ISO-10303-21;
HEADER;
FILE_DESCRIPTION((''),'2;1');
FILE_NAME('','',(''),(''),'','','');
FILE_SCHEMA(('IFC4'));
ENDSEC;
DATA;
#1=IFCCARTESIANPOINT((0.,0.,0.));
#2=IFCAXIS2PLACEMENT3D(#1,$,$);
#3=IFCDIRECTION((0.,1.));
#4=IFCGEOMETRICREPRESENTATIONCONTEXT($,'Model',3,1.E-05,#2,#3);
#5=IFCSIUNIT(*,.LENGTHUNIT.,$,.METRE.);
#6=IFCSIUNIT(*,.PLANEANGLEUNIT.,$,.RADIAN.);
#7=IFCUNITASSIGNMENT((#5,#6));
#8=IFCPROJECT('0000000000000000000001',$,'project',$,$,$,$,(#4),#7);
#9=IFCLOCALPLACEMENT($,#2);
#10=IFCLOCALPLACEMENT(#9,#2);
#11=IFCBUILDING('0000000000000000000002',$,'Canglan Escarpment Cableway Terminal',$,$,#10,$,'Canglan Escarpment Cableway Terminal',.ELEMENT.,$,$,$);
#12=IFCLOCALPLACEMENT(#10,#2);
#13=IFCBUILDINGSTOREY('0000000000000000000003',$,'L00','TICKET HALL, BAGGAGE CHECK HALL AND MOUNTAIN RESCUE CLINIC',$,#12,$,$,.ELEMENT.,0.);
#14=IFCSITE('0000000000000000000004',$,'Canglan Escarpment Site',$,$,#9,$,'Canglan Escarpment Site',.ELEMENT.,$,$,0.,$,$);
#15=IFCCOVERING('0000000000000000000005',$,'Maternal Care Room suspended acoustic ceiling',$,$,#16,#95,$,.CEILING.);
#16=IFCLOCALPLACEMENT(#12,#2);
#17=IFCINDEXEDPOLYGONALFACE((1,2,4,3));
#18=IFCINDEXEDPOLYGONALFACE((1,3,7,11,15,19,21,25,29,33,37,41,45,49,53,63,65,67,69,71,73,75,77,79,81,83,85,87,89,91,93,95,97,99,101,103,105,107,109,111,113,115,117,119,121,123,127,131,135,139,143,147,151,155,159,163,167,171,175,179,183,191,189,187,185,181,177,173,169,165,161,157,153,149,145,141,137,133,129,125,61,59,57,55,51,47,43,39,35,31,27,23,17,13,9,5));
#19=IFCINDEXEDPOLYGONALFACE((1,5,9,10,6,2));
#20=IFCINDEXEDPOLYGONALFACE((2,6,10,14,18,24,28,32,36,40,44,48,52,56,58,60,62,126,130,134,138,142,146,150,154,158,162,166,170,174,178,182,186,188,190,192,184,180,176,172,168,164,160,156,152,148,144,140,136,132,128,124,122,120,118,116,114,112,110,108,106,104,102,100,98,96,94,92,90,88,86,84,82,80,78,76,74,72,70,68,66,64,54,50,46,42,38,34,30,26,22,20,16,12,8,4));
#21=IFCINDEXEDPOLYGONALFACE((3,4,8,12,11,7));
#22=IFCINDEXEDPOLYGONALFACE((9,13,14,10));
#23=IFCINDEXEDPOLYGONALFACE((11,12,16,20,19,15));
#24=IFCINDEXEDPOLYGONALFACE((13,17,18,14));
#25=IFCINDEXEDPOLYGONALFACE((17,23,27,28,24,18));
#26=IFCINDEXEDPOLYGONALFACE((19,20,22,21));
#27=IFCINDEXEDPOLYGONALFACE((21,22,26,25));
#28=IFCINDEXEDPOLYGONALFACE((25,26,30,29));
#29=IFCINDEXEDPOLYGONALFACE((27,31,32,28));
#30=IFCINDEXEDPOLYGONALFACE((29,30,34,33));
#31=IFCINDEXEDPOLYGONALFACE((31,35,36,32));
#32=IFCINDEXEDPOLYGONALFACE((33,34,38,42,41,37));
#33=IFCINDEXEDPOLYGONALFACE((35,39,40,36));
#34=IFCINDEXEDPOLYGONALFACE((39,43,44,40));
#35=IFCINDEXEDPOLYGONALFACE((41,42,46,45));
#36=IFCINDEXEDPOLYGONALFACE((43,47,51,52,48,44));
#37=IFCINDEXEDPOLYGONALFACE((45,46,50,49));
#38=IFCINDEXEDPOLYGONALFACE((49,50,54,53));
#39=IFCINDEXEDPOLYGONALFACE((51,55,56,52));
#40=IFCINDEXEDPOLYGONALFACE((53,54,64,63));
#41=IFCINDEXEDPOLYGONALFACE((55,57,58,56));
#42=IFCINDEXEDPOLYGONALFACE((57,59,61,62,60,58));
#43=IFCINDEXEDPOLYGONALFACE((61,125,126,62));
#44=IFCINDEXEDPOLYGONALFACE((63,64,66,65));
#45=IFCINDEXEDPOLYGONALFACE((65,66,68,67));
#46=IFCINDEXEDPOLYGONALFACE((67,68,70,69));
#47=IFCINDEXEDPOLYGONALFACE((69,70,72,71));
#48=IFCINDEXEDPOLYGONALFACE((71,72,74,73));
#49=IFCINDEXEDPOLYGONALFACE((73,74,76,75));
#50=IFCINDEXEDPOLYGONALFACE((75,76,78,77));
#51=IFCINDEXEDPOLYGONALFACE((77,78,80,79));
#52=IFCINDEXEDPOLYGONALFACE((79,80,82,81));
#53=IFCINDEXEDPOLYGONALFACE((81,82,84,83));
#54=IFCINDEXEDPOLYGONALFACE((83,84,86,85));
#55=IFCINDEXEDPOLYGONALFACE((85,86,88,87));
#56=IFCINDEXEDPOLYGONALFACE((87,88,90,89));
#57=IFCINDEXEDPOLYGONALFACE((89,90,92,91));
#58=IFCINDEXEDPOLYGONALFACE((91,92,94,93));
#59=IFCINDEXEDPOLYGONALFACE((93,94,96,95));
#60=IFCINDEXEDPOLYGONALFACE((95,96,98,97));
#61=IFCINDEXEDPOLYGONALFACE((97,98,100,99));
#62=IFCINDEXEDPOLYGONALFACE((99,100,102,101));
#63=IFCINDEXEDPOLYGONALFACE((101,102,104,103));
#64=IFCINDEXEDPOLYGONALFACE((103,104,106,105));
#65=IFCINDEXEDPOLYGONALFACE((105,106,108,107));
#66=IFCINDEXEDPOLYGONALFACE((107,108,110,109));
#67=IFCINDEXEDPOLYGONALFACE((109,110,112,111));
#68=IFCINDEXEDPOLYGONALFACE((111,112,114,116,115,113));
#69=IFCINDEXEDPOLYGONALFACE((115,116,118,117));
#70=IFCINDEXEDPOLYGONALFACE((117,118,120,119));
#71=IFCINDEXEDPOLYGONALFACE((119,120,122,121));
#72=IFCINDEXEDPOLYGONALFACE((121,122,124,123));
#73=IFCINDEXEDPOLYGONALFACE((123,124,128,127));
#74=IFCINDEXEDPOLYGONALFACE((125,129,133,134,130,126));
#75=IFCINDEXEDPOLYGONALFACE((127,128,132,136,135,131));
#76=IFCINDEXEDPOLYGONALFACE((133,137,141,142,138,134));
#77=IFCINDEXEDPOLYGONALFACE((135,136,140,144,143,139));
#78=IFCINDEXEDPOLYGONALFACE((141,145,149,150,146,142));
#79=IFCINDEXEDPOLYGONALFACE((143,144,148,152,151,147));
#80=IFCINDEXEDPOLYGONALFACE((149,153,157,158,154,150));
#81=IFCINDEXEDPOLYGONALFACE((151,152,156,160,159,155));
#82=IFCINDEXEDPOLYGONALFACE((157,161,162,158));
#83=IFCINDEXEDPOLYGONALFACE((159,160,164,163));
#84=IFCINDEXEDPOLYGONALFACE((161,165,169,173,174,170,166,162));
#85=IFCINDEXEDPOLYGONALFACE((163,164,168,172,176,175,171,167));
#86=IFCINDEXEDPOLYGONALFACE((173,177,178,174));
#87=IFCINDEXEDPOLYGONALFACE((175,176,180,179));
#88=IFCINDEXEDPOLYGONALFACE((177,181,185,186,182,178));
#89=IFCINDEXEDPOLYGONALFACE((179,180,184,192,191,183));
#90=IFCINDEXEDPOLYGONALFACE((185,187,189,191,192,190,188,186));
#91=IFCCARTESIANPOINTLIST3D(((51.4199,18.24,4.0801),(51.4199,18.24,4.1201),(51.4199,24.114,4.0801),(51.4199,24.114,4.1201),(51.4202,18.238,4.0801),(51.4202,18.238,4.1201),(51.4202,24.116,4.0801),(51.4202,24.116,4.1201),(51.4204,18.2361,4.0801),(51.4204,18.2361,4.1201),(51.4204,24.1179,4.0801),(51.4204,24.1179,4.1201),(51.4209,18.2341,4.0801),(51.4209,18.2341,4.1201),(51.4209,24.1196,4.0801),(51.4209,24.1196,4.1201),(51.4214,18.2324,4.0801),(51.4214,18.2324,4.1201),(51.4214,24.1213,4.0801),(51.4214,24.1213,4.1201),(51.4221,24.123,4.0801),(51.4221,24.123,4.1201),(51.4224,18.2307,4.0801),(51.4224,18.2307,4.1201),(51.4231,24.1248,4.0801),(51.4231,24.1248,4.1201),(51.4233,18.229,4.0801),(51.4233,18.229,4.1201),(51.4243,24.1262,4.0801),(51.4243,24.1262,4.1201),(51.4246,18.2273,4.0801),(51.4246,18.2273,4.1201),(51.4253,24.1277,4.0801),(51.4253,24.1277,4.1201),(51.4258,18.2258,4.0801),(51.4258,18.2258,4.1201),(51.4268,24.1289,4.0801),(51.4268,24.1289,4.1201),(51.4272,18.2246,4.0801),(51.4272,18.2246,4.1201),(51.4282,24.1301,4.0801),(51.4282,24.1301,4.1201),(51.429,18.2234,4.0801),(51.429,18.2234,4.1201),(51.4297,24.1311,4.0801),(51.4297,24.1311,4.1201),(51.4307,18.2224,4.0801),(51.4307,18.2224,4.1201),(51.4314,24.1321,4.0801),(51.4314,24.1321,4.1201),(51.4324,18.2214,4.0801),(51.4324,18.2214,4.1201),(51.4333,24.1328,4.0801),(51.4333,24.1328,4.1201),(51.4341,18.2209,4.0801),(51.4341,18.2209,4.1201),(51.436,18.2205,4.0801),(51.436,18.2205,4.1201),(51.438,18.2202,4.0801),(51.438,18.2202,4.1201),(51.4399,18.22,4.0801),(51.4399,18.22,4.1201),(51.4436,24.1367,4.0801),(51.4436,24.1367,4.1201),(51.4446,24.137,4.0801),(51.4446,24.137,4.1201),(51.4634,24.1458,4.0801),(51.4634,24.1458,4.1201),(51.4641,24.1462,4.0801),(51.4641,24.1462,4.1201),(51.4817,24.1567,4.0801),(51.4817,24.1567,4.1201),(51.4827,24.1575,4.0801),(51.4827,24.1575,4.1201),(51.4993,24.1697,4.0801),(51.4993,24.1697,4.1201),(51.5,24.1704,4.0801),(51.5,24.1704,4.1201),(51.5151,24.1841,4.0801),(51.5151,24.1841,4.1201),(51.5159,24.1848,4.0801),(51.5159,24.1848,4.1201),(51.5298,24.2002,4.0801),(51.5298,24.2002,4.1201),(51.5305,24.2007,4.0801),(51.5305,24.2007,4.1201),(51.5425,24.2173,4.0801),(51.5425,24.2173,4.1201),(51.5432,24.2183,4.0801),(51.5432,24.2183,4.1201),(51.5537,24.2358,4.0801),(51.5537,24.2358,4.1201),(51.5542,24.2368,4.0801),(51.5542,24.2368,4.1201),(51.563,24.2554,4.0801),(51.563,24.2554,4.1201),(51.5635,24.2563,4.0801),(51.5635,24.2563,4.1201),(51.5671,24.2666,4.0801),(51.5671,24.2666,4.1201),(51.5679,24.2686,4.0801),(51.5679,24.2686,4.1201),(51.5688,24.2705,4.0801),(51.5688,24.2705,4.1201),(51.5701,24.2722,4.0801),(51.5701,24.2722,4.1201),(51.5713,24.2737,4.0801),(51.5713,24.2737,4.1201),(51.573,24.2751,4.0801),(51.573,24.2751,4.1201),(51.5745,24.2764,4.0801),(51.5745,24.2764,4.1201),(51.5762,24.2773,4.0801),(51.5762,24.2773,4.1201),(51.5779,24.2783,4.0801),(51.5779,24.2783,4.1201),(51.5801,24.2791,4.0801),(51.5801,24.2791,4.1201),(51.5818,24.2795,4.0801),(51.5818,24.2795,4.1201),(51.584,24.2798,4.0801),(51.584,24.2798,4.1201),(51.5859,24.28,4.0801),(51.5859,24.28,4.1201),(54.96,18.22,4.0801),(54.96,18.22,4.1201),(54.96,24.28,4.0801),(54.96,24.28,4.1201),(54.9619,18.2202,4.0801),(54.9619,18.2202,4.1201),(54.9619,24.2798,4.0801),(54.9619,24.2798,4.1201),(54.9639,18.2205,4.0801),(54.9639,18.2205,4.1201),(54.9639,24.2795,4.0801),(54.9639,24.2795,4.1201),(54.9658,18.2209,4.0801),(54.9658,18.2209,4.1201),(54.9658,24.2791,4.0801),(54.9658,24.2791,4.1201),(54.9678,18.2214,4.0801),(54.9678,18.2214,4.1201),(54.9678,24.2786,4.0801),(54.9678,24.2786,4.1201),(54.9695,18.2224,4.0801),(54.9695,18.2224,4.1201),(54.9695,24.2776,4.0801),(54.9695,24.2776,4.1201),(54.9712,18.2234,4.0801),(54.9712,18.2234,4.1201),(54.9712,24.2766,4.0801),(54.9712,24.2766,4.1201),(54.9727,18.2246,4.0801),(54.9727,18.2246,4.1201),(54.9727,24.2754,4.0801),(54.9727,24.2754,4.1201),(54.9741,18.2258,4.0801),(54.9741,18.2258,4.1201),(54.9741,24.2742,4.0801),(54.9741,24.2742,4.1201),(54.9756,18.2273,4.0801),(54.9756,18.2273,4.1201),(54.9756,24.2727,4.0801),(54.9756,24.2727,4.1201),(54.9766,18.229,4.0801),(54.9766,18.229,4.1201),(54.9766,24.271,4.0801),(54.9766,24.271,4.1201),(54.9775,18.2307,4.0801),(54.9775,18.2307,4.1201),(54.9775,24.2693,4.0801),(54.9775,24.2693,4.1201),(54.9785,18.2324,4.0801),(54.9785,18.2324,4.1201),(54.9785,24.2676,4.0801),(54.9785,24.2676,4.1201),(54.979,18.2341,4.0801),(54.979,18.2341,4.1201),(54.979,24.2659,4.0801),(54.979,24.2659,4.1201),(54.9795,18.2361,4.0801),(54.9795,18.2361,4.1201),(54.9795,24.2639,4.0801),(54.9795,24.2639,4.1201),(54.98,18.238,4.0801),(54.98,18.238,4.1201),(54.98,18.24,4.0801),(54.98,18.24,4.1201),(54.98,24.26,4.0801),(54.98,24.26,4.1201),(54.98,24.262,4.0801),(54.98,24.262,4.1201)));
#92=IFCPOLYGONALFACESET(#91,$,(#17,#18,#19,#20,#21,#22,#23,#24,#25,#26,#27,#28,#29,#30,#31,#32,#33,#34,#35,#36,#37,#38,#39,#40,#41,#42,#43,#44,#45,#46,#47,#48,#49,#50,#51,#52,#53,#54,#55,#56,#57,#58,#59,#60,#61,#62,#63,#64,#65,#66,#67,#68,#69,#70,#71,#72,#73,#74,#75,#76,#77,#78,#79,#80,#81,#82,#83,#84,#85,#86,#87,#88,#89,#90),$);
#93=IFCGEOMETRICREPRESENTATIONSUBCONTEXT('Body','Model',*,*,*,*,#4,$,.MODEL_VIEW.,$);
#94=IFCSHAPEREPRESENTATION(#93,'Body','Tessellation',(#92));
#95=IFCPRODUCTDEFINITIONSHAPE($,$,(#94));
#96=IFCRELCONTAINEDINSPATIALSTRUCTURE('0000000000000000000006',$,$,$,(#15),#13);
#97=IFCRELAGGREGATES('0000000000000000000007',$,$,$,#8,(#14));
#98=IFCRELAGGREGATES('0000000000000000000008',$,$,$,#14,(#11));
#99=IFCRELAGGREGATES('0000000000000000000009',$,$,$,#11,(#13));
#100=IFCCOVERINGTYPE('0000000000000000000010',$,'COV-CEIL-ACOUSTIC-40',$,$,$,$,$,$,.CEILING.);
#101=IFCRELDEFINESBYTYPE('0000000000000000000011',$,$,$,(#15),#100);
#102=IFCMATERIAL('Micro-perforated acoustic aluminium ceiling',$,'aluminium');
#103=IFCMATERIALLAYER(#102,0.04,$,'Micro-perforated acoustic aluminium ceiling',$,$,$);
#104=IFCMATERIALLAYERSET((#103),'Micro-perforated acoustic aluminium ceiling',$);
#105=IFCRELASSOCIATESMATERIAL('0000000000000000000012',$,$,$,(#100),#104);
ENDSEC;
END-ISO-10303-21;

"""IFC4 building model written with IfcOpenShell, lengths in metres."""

from ifc_helpers import new_model, si_unit, direction, frame, origin, place, context, subcontext, project, spatial, polyline, outline, extrude, material, layer, layer_set, type_object, element, save


model = new_model("IFC4")

# Units and contexts
model_context = context("Model", 3, precision=1e-05, world=origin(), true_north=direction((0.0, 1.0)))
body_context = subcontext(model_context, "Body", "Model", "MODEL_VIEW")
ifc_project = project(units=[si_unit("LENGTHUNIT", "METRE"), si_unit("PLANEANGLEUNIT", "RADIAN")], contexts=[model_context])

# Site, building, storey
site_placement = place(None, origin())
site = spatial("IfcSite", under=ifc_project, at=site_placement, Name="Canglan Escarpment Site", LongName="Canglan Escarpment Site", CompositionType="ELEMENT", RefElevation=0.0)
building_placement = place(site_placement, origin())
building = spatial("IfcBuilding", under=site, at=building_placement, Name="Canglan Escarpment Cableway Terminal", LongName="Canglan Escarpment Cableway Terminal", CompositionType="ELEMENT")
storey_placement = place(building_placement, origin())
storey = spatial("IfcBuildingStorey", under=building, at=storey_placement, Name="L00", Description="TICKET HALL, BAGGAGE CHECK HALL AND MOUNTAIN RESCUE CLINIC", CompositionType="ELEMENT", Elevation=0.0)

# Covering
ifc_material_1 = material(Name="Micro-perforated acoustic aluminium ceiling", Category="aluminium")
ifc_layer_1 = layer(ifc_material_1, 0.04, Name="Micro-perforated acoustic aluminium ceiling")
ifc_layer_set_1 = layer_set([ifc_layer_1], Name="Micro-perforated acoustic aluminium ceiling")
covering_type_1 = type_object("IfcCoveringType", Name="COV-CEIL-ACOUSTIC-40", PredefinedType="CEILING", material=ifc_layer_set_1)
covering_1_placement = place(storey_placement, frame((0.0, 0.0, 4.0801)))
element("IfcCovering", 1, at=covering_1_placement, inside=storey, type_object=covering_type_1, Name="Maternal Care Room suspended acoustic ceiling", PredefinedType="CEILING", context=body_context, shape_type="SweptSolid", body=[
    extrude(outline(polyline([(51.4199, 24.114), (51.4202, 24.116), (51.4204, 24.1179), (51.4209, 24.1196), (51.4214, 24.1213), (51.4221, 24.123), (51.4231, 24.1248), (51.4243, 24.1262), (51.4253, 24.1277), (51.4268, 24.1289), (51.4282, 24.1301), (51.4297, 24.1311), (51.4314, 24.1321), (51.4333, 24.1328), (51.4436, 24.1367), (51.4446, 24.137), (51.4634, 24.1458), (51.4641, 24.1462), (51.4817, 24.1567), (51.4827, 24.1575), (51.4993, 24.1697), (51.5, 24.1704), (51.5151, 24.1841), (51.5159, 24.1848), (51.5298, 24.2002), (51.5305, 24.2007), (51.5425, 24.2173), (51.5432, 24.2183), (51.5537, 24.2358), (51.5542, 24.2368), (51.563, 24.2554), (51.5635, 24.2563), (51.5671, 24.2666), (51.5679, 24.2686), (51.5688, 24.2705), (51.5701, 24.2722), (51.5713, 24.2737), (51.573, 24.2751), (51.5745, 24.2764), (51.5762, 24.2773), (51.5779, 24.2783), (51.5801, 24.2791), (51.5818, 24.2795), (51.584, 24.2798), (51.5859, 24.28), (54.96, 24.28), (54.9619, 24.2798), (54.9639, 24.2795), (54.9658, 24.2791), (54.9678, 24.2786), (54.9695, 24.2776), (54.9712, 24.2766), (54.9727, 24.2754), (54.9741, 24.2742), (54.9756, 24.2727), (54.9766, 24.271), (54.9775, 24.2693), (54.9785, 24.2676), (54.979, 24.2659), (54.9795, 24.2639), (54.98, 24.262), (54.98, 24.26), (54.98, 18.24), (54.98, 18.238), (54.9795, 18.2361), (54.979, 18.2341), (54.9785, 18.2324), (54.9775, 18.2307), (54.9766, 18.229), (54.9756, 18.2273), (54.9741, 18.2258), (54.9727, 18.2246), (54.9712, 18.2234), (54.9695, 18.2224), (54.9678, 18.2214), (54.9658, 18.2209), (54.9639, 18.2205), (54.9619, 18.2202), (54.96, 18.22), (51.4399, 18.22), (51.438, 18.2202), (51.436, 18.2205), (51.4341, 18.2209), (51.4324, 18.2214), (51.4307, 18.2224), (51.429, 18.2234), (51.4272, 18.2246), (51.4258, 18.2258), (51.4246, 18.2273), (51.4233, 18.229), (51.4224, 18.2307), (51.4214, 18.2324), (51.4209, 18.2341), (51.4204, 18.2361), (51.4202, 18.238), (51.4199, 18.24), (51.4199, 24.114)])), origin(), (0.0, 0.0, 1.0), 0.04),
])

save(model, "model.ifc")
